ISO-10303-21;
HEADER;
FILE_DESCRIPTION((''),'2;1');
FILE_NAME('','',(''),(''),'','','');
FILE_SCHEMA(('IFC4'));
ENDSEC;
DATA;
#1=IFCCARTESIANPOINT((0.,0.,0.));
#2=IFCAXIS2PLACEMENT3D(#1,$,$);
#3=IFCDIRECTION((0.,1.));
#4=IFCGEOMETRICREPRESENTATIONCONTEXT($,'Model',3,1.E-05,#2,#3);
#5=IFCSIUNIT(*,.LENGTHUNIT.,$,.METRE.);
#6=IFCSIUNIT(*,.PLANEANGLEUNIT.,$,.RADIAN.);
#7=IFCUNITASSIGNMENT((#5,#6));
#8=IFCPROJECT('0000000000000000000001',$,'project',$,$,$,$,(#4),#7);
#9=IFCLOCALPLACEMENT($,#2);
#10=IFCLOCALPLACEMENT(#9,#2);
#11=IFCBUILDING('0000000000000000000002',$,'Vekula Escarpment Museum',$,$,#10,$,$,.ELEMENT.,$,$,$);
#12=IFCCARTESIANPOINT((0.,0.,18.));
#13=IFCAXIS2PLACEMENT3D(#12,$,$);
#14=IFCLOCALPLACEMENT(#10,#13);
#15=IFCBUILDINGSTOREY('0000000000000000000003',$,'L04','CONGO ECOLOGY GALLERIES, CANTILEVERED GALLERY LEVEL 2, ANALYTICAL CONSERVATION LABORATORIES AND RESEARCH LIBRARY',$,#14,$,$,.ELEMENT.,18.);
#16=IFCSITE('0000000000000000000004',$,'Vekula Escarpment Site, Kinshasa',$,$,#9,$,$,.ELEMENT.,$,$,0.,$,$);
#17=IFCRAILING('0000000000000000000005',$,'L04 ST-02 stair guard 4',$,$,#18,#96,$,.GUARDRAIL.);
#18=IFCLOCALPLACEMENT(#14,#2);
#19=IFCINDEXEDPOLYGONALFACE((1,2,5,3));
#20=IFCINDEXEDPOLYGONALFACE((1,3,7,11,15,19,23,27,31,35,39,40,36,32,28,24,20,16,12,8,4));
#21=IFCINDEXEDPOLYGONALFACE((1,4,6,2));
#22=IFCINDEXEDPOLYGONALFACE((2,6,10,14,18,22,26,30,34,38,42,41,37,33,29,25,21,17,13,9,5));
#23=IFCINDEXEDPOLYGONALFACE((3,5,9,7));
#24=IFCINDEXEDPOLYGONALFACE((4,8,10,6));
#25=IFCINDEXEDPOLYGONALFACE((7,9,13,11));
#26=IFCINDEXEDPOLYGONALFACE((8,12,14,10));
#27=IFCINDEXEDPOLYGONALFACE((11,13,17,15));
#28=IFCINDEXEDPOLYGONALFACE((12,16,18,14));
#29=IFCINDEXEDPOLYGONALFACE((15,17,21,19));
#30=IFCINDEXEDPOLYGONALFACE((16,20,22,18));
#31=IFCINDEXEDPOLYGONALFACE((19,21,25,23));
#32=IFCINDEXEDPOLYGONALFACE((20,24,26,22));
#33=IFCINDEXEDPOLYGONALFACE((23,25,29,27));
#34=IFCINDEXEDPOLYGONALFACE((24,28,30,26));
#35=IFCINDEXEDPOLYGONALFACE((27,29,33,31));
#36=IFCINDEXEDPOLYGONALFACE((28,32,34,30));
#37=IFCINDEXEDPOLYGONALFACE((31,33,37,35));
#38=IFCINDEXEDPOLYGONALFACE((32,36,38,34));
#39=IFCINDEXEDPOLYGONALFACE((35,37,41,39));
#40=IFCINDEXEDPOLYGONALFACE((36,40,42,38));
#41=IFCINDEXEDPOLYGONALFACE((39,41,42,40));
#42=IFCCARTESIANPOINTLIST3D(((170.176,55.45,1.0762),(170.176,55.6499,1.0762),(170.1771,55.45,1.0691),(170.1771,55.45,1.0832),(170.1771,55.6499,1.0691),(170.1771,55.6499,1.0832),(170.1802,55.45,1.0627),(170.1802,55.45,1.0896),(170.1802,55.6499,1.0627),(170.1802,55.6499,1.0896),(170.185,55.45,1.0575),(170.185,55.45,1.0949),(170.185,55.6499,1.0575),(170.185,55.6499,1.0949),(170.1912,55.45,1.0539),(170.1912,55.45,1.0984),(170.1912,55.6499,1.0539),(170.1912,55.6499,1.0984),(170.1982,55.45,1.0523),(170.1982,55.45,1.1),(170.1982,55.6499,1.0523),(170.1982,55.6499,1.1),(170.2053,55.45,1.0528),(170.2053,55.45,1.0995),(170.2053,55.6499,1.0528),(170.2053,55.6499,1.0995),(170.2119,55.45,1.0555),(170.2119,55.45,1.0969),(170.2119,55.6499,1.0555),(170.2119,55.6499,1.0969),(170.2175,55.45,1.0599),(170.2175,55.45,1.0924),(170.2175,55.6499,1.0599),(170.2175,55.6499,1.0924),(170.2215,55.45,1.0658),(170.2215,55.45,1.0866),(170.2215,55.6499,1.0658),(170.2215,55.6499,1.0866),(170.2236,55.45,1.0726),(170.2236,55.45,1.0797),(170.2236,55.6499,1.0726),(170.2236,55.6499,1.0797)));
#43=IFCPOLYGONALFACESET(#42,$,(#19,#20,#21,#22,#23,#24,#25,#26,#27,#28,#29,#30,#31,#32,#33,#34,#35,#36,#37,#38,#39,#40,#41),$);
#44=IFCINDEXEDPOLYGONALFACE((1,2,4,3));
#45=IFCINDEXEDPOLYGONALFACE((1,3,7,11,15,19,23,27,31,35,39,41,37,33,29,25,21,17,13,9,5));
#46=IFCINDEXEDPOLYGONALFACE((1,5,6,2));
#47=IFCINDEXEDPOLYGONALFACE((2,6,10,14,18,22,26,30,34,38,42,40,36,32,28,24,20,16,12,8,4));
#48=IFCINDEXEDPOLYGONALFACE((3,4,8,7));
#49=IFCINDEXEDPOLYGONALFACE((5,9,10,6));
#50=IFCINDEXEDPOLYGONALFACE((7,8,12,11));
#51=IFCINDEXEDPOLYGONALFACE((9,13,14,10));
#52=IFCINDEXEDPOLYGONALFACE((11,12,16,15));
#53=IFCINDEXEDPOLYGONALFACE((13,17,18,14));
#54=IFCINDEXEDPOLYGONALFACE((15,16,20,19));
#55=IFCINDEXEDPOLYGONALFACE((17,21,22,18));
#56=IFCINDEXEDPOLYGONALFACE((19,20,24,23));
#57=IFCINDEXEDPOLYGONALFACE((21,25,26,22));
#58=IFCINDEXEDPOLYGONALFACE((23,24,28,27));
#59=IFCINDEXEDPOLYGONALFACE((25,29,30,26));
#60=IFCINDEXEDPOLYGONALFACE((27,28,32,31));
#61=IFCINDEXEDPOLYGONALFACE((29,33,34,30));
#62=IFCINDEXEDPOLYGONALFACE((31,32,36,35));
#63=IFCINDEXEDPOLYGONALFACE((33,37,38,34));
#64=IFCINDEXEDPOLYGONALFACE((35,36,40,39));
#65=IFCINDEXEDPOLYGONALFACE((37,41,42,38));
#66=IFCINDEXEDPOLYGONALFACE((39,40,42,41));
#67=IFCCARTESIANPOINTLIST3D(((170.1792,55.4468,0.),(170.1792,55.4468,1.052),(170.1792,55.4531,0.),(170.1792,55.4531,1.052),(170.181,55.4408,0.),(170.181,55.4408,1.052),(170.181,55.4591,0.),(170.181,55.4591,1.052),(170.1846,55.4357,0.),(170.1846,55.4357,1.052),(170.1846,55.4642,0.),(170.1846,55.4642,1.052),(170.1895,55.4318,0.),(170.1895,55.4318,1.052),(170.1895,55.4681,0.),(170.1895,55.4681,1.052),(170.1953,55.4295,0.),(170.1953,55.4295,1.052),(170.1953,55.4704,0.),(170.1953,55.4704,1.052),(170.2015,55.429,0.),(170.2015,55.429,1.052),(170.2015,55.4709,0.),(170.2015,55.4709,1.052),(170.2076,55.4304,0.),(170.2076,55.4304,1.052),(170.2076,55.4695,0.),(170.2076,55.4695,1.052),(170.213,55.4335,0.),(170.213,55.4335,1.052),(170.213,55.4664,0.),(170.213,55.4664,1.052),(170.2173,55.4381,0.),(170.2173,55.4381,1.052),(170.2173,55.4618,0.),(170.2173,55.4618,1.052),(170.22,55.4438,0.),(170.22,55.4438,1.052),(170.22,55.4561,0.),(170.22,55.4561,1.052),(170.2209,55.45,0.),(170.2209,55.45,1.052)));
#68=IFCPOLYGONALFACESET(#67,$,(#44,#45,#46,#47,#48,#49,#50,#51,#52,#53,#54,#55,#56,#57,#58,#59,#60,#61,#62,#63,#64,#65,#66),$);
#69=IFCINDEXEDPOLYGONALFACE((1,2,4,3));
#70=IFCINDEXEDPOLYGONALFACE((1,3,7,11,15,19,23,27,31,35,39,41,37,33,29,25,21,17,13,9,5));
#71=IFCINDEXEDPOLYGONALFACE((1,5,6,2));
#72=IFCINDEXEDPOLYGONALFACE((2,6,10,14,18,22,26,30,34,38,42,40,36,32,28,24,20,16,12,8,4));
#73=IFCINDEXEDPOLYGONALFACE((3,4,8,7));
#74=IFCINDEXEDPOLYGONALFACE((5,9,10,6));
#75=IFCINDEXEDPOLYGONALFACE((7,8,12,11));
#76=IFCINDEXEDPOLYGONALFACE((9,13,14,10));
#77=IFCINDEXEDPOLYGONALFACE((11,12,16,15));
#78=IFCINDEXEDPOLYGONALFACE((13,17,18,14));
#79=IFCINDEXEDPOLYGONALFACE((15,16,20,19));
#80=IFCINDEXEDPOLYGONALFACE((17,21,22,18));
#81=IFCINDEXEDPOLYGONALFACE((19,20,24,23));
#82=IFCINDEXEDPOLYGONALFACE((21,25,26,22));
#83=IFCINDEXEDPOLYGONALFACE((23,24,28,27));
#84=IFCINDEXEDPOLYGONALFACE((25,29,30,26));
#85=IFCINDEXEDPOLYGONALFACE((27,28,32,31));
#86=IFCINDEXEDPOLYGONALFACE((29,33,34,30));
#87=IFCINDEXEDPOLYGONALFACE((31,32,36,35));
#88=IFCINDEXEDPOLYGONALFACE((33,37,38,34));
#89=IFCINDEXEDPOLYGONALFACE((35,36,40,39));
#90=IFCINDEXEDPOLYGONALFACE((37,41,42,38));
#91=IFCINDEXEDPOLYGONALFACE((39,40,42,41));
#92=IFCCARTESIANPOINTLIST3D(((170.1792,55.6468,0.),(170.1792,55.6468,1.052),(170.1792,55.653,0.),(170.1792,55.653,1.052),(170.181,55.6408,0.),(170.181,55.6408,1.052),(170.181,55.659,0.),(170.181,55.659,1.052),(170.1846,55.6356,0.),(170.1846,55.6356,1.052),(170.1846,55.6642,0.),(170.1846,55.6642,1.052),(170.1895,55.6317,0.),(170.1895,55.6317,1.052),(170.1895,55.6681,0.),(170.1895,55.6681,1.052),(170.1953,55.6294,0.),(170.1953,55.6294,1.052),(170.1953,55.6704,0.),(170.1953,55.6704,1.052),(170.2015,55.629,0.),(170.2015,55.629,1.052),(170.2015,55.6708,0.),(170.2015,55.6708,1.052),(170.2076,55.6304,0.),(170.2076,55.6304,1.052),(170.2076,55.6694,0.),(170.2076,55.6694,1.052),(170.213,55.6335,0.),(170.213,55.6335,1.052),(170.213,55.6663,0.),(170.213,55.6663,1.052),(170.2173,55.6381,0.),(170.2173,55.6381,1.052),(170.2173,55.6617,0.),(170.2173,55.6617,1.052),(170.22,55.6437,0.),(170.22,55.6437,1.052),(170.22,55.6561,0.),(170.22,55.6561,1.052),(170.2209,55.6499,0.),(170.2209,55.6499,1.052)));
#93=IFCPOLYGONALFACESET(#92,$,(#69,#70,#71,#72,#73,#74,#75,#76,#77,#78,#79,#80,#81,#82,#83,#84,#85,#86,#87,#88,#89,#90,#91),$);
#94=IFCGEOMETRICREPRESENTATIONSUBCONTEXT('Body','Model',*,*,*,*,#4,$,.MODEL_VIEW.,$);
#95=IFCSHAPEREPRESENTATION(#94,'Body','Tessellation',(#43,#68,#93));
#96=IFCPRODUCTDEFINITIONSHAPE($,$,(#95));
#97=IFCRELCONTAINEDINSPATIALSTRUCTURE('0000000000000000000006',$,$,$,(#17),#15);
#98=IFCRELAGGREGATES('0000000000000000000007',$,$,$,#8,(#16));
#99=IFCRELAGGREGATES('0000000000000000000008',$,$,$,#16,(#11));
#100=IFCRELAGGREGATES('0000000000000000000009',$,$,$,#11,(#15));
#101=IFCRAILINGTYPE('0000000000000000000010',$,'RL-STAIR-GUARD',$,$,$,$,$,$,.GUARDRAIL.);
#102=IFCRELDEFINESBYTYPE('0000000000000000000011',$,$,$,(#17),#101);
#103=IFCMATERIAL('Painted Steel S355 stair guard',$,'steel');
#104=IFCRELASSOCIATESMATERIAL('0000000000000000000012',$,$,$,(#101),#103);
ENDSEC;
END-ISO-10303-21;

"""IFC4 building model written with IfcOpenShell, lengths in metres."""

from ifc_helpers import new_model, si_unit, direction, frame, origin, origin_2d, place, context, subcontext, project, spatial, circle, extrude, material, type_object, element, save


model = new_model("IFC4")

# Units and contexts
model_context = context("Model", 3, precision=1e-05, world=origin(), true_north=direction((0.0, 1.0)))
body_context = subcontext(model_context, "Body", "Model", "MODEL_VIEW")
ifc_project = project(units=[si_unit("LENGTHUNIT", "METRE"), si_unit("PLANEANGLEUNIT", "RADIAN")], contexts=[model_context])

# Site, building, storey
site_placement = place(None, origin())
site = spatial("IfcSite", under=ifc_project, at=site_placement, Name="Vekula Escarpment Site, Kinshasa", CompositionType="ELEMENT", RefElevation=0.0)
building_placement = place(site_placement, origin())
building = spatial("IfcBuilding", under=site, at=building_placement, Name="Vekula Escarpment Museum", CompositionType="ELEMENT")
storey_placement = place(building_placement, frame((0.0, 0.0, 18.0)))
storey = spatial("IfcBuildingStorey", under=building, at=storey_placement, Name="L04", Description="CONGO ECOLOGY GALLERIES, CANTILEVERED GALLERY LEVEL 2, ANALYTICAL CONSERVATION LABORATORIES AND RESEARCH LIBRARY", CompositionType="ELEMENT", Elevation=18.0)

# Railing
ifc_material_1 = material(Name="Painted Steel S355 stair guard", Category="steel")
railing_type_1 = type_object("IfcRailingType", Name="RL-STAIR-GUARD", PredefinedType="GUARDRAIL", material=ifc_material_1)
railing_1_placement = place(storey_placement, frame((170.2, 55.45, 0.0)))
element("IfcRailing", 1, at=railing_1_placement, inside=storey, type_object=railing_type_1, Name="L04 ST-02 stair guard 4", PredefinedType="GUARDRAIL", context=body_context, shape_type="SweptSolid", body=[
    extrude(circle(Radius=0.0239, at=origin_2d()), frame((0.0, 0.0, 1.0762), z_axis=(0.0, 1.0, 0.0), x_axis=(-1.0, 0.0, 0.0)), (0.0, 0.0, 1.0), 0.2),
    extrude(circle(Radius=0.021, at=origin_2d()), origin(), (0.0, 0.0, 1.0), 1.052),
    extrude(circle(Radius=0.021, at=origin_2d()), frame((0.0, 0.2, 0.0)), (0.0, 0.0, 1.0), 1.052),
])

save(model, "model.ifc")
